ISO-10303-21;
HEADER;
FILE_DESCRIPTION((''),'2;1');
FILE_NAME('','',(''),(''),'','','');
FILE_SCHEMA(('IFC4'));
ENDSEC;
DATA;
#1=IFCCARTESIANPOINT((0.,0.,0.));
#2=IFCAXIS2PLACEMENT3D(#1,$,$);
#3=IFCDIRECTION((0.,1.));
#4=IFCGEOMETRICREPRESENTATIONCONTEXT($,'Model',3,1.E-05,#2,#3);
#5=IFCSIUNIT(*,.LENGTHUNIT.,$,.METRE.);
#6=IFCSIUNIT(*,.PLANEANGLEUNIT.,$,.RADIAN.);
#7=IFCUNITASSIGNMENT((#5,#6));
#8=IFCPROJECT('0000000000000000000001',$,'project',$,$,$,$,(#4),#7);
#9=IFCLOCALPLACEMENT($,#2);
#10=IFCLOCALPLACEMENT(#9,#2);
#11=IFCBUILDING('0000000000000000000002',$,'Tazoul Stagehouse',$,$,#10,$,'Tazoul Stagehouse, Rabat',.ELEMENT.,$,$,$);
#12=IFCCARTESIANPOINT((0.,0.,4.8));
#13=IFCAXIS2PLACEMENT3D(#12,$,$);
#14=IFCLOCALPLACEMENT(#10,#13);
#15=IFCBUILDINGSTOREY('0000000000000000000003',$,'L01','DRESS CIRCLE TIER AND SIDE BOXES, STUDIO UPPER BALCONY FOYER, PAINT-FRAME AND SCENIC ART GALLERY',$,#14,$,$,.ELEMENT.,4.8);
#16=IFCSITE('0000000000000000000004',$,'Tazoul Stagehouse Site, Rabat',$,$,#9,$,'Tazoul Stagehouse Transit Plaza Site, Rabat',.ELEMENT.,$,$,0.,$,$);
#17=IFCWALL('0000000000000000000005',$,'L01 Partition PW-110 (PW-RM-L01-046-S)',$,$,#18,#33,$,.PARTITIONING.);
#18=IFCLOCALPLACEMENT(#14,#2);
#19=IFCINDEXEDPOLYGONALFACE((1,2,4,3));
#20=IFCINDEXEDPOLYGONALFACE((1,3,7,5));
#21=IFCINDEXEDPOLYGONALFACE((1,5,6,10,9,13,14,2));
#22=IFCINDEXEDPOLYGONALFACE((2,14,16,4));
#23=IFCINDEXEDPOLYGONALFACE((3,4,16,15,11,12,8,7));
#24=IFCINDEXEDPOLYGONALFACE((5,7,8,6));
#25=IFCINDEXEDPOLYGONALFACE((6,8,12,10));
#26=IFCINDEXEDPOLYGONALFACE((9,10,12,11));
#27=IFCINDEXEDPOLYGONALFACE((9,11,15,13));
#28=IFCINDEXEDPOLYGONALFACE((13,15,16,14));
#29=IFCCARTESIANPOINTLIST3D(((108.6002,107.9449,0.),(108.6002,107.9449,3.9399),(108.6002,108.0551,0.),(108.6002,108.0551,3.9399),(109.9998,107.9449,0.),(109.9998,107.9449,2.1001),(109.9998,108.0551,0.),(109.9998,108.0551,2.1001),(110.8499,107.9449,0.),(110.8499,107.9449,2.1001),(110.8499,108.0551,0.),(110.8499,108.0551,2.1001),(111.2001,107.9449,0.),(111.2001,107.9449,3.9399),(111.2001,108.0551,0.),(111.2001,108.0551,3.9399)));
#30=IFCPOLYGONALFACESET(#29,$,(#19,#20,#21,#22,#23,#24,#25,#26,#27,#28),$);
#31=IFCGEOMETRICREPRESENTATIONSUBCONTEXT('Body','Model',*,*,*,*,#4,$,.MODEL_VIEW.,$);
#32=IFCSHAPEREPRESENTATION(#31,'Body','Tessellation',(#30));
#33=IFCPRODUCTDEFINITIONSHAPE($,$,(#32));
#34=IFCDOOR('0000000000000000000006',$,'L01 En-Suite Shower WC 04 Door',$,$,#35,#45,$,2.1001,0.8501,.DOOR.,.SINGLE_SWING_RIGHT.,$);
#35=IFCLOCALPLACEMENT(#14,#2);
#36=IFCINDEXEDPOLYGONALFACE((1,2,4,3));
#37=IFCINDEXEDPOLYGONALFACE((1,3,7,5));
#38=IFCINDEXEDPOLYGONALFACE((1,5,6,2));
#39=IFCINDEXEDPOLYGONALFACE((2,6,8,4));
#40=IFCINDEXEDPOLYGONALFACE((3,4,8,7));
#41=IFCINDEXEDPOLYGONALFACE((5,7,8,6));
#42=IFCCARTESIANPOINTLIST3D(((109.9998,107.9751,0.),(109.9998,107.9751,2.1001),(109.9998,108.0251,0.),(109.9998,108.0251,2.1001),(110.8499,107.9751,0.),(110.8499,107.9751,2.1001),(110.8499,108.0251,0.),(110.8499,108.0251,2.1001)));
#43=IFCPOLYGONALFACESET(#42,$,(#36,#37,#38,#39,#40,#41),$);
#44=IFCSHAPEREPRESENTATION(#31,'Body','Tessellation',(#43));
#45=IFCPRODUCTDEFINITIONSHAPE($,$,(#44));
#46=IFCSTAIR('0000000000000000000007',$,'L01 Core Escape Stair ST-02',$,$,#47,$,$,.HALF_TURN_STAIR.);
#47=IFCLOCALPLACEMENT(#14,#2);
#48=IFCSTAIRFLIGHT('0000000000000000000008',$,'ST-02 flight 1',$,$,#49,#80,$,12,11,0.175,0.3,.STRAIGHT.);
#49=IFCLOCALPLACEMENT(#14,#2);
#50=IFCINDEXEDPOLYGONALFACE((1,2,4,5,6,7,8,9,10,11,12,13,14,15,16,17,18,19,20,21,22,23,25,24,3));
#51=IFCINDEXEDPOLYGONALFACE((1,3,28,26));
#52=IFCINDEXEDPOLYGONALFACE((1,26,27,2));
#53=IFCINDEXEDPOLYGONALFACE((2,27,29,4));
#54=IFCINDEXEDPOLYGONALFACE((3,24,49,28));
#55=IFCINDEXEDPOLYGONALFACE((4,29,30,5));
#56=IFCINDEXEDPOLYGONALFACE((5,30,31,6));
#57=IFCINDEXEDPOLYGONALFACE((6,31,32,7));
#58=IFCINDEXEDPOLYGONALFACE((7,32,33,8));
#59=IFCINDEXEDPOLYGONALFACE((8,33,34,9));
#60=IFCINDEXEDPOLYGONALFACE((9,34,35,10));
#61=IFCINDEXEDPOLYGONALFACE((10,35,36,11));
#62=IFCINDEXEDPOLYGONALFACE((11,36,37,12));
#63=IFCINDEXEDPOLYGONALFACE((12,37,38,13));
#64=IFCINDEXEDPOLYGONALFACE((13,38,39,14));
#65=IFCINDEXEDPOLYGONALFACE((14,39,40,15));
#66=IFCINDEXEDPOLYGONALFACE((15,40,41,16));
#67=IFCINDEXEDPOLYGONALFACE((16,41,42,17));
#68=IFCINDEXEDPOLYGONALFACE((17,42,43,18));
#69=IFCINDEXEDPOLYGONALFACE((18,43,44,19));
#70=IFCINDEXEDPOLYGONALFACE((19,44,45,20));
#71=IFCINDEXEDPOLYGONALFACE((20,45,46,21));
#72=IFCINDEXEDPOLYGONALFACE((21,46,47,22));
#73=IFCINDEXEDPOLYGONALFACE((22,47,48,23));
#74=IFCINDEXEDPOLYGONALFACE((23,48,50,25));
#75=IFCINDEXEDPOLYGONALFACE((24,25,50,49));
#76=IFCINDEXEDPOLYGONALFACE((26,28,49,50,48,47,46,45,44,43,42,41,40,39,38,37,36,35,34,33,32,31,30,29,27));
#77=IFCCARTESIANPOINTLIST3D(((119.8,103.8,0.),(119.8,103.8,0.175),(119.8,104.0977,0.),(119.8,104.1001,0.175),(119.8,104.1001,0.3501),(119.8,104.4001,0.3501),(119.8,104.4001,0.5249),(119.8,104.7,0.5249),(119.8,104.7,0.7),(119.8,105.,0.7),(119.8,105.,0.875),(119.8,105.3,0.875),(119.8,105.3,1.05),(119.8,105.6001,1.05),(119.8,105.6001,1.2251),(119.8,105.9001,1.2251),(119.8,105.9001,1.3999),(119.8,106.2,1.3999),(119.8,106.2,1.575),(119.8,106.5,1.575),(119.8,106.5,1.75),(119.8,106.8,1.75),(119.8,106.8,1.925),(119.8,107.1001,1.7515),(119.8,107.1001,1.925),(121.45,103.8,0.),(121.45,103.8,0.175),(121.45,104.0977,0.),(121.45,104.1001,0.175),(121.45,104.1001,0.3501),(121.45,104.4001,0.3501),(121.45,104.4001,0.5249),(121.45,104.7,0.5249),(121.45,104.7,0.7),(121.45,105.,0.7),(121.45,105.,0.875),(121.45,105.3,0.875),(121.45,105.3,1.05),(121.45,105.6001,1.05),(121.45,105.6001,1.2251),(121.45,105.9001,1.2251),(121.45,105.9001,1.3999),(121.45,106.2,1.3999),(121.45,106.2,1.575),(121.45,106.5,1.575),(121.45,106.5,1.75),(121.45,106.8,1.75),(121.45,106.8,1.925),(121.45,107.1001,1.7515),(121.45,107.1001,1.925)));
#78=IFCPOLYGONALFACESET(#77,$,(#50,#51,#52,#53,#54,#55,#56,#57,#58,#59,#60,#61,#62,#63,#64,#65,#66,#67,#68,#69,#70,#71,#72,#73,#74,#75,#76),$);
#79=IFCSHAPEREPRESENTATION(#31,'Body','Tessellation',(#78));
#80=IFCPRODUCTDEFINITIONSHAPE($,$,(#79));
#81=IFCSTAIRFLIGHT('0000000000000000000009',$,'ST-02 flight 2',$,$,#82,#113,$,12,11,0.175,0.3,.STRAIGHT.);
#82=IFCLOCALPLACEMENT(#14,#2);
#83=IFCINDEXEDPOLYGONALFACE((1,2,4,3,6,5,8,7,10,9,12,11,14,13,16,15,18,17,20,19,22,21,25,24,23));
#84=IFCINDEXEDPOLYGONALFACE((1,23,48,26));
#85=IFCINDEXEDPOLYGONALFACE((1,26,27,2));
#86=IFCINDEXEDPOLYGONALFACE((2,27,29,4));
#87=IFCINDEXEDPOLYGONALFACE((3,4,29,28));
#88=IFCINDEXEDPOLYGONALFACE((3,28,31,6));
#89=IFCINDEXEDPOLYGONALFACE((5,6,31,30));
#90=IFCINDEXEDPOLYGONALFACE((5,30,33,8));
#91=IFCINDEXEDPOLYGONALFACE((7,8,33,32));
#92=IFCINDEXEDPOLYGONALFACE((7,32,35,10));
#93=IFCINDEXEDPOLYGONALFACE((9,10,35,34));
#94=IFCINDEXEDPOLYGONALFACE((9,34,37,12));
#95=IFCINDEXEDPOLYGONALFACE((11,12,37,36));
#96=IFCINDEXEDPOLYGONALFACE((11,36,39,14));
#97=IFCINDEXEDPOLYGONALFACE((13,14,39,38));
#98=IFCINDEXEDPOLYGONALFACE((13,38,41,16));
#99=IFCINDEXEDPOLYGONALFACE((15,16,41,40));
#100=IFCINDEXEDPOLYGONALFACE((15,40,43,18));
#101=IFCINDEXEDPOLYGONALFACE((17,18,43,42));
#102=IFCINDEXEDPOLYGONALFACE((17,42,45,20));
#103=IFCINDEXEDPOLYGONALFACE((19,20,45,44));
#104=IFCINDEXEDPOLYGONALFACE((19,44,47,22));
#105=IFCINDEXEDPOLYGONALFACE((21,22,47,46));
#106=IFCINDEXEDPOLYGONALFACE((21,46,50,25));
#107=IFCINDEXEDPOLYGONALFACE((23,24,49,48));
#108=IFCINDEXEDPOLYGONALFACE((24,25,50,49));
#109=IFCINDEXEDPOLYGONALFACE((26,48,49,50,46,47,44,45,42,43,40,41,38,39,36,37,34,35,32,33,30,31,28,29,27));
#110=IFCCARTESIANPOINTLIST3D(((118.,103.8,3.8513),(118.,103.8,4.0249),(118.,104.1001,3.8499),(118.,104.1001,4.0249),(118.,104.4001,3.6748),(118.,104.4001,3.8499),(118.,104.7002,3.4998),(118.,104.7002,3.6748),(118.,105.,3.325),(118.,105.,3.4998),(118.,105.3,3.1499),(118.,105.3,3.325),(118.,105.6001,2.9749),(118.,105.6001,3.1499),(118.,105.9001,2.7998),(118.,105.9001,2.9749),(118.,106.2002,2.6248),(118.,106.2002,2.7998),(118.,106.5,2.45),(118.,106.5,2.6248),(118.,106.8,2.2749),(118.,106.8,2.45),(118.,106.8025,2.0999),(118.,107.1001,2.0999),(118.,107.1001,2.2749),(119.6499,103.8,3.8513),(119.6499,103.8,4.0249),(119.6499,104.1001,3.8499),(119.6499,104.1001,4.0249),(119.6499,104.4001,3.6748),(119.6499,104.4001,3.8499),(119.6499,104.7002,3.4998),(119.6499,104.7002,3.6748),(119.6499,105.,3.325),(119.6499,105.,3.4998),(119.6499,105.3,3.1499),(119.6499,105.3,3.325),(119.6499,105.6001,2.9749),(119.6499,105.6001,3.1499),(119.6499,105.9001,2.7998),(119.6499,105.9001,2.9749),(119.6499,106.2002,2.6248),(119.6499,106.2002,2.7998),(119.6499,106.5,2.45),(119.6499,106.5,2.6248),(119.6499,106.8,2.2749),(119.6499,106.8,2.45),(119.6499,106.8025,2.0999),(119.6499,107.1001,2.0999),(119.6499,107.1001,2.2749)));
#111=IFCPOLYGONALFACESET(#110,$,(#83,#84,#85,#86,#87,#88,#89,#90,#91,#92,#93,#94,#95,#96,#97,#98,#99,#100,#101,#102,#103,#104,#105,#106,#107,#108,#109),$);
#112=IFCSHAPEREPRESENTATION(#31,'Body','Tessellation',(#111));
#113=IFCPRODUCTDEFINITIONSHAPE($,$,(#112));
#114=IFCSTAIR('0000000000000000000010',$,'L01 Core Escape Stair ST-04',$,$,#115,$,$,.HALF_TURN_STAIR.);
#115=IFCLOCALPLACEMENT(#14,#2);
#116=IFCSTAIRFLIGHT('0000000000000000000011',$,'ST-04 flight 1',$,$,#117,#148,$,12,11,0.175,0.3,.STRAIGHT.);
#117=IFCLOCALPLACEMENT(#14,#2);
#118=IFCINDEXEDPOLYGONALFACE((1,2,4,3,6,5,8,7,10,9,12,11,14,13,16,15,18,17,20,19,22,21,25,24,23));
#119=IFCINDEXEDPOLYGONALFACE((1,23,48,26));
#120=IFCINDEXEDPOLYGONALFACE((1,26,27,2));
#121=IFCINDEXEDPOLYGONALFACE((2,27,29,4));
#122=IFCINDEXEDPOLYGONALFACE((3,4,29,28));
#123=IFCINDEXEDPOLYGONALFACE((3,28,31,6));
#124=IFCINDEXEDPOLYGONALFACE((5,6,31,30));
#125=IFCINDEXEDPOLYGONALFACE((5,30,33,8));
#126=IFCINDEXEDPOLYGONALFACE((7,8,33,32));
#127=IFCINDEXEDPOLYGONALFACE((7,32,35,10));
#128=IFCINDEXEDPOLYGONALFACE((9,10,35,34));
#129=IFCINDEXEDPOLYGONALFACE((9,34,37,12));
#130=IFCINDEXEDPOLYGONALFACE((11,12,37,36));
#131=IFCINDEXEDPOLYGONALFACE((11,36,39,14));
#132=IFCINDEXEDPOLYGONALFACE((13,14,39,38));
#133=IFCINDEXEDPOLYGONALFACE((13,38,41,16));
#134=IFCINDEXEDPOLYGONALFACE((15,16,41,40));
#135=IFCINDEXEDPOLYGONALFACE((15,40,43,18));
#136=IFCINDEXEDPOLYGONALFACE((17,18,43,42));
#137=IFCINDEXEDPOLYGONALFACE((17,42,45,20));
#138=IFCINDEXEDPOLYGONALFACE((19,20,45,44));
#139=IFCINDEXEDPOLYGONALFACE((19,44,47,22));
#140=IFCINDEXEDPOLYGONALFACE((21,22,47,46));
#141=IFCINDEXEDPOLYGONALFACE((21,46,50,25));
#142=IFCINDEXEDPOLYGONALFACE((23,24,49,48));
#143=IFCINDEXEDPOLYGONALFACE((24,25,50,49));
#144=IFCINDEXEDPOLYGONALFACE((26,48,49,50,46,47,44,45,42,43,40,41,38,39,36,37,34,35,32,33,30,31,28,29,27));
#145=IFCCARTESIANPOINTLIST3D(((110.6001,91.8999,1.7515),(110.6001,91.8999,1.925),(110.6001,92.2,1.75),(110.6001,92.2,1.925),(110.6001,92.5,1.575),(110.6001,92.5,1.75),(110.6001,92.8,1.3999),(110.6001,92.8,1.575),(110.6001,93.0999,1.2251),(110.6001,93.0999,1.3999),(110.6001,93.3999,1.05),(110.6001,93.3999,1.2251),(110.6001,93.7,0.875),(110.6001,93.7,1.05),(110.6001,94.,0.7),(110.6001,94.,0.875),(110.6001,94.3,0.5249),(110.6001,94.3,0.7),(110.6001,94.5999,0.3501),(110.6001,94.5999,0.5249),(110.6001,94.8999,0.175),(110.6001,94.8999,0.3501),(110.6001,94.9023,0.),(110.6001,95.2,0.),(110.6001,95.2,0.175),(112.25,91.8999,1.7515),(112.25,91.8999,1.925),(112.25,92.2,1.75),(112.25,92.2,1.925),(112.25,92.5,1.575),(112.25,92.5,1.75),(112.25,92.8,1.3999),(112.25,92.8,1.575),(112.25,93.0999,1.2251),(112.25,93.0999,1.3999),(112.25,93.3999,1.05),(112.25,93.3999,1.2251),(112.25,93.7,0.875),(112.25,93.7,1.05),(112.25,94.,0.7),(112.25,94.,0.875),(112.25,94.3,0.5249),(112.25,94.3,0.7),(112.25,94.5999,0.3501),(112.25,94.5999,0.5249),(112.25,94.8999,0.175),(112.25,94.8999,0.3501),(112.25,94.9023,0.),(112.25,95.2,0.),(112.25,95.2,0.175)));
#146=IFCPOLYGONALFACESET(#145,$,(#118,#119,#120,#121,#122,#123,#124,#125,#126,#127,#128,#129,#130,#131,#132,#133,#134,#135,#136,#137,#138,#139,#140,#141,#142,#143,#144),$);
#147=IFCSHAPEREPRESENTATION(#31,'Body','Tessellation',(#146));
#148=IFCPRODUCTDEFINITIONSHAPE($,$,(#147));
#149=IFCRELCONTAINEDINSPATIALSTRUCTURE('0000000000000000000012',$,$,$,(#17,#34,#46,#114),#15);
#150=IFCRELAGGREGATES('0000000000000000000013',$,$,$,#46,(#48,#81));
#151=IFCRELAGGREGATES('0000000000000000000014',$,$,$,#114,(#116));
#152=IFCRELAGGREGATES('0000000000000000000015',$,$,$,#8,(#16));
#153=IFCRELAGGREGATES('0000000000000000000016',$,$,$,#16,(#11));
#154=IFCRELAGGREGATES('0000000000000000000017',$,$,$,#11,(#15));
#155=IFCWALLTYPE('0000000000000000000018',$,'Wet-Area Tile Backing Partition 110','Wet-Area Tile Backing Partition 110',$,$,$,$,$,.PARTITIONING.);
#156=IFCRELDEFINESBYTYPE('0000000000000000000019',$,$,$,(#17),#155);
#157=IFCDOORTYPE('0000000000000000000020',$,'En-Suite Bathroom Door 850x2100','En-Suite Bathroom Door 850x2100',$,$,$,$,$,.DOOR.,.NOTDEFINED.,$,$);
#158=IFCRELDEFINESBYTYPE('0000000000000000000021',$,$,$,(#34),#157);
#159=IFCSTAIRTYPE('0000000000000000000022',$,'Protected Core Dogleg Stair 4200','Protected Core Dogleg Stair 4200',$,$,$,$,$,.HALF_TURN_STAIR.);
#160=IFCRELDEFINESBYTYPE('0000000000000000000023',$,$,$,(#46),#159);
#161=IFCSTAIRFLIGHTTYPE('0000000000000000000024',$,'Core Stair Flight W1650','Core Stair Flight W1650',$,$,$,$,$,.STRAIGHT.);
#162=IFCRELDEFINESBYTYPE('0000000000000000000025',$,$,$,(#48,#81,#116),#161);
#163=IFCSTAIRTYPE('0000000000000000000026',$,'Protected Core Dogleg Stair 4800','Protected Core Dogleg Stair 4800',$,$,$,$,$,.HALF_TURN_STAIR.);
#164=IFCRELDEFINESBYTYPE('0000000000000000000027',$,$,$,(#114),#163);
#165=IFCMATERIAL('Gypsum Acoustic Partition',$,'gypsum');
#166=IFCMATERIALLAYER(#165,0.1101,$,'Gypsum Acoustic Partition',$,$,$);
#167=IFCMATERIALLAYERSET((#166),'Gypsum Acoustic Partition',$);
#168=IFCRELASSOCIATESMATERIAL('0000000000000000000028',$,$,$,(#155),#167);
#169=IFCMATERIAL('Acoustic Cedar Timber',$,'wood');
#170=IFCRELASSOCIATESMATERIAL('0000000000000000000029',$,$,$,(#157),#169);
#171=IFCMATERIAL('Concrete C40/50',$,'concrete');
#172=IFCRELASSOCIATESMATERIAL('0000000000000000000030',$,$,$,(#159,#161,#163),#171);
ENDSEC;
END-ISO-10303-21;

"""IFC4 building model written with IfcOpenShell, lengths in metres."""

from ifc_helpers import new_model, si_unit, direction, frame, frame_2d, origin, place, context, subcontext, project, spatial, polyline, rectangle, outline, extrude, material, layer, layer_set, type_object, element, fill, aggregate, save


model = new_model("IFC4")

# Units and contexts
model_context = context("Model", 3, precision=1e-05, world=origin(), true_north=direction((0.0, 1.0)))
body_context = subcontext(model_context, "Body", "Model", "MODEL_VIEW")
ifc_project = project(units=[si_unit("LENGTHUNIT", "METRE"), si_unit("PLANEANGLEUNIT", "RADIAN")], contexts=[model_context])

# Site, building, storey
site_placement = place(None, origin())
site = spatial("IfcSite", under=ifc_project, at=site_placement, Name="Tazoul Stagehouse Site, Rabat", LongName="Tazoul Stagehouse Transit Plaza Site, Rabat", CompositionType="ELEMENT", RefElevation=0.0)
building_placement = place(site_placement, origin())
building = spatial("IfcBuilding", under=site, at=building_placement, Name="Tazoul Stagehouse", LongName="Tazoul Stagehouse, Rabat", CompositionType="ELEMENT")
storey_placement = place(building_placement, frame((0.0, 0.0, 4.8)))
storey = spatial("IfcBuildingStorey", under=building, at=storey_placement, Name="L01", Description="DRESS CIRCLE TIER AND SIDE BOXES, STUDIO UPPER BALCONY FOYER, PAINT-FRAME AND SCENIC ART GALLERY", CompositionType="ELEMENT", Elevation=4.8)

# Shared definitions
ifc_material_1 = material(Name="Concrete C40/50", Category="concrete")

# Wall, opening, door
ifc_material_2 = material(Name="Gypsum Acoustic Partition", Category="gypsum")
ifc_material_3 = material(Name="Acoustic Cedar Timber", Category="wood")
ifc_layer_1 = layer(ifc_material_2, 0.1101, Name="Gypsum Acoustic Partition")
ifc_layer_set_1 = layer_set([ifc_layer_1], Name="Gypsum Acoustic Partition")
wall_type_1 = type_object("IfcWallType", Name="Wet-Area Tile Backing Partition 110", Description="Wet-Area Tile Backing Partition 110", PredefinedType="PARTITIONING", material=ifc_layer_set_1)
wall_1_placement = place(storey_placement, frame((111.2, 108.0, 0.0), z_axis=(0.0, 0.0, 1.0), x_axis=(-1.0, 0.0, 0.0)))
wall_1 = element("IfcWall", 1, at=wall_1_placement, inside=storey, type_object=wall_type_1, Name="L01 Partition PW-110 (PW-RM-L01-046-S)", PredefinedType="PARTITIONING", context=body_context, shape_type="SweptSolid", body=[
    extrude(rectangle(XDim=2.5999, YDim=0.1101, at=frame_2d((1.2998, 0.0))), origin(), (0.0, 0.0, 1.0), 3.9399),
])
opening_1_placement = place(wall_1_placement, frame((0.3501, 0.0, 0.0)))
opening_1 = element("IfcOpeningElement", 2, at=opening_1_placement, cuts=wall_1, PredefinedType="OPENING", context=body_context, shape_type="SweptSolid", body=[
    extrude(rectangle(XDim=0.8501, YDim=2.1001, at=frame_2d((0.425, 1.05))), frame((0.0, 0.075, 0.0), z_axis=(0.0, -1.0, 0.0), x_axis=(1.0, 0.0, 0.0)), (0.0, 0.0, 1.0), 0.1501),
])
door_type_1 = type_object("IfcDoorType", Name="En-Suite Bathroom Door 850x2100", Description="En-Suite Bathroom Door 850x2100", OperationType="NOTDEFINED", PredefinedType="DOOR", material=ifc_material_3)
door_1_placement = place(opening_1_placement, origin())
door_1 = element("IfcDoor", 3, at=door_1_placement, inside=storey, type_object=door_type_1, Name="L01 En-Suite Shower WC 04 Door", OperationType="SINGLE_SWING_RIGHT", OverallHeight=2.1001, OverallWidth=0.8501, PredefinedType="DOOR", context=body_context, shape_type="SweptSolid", body=[
    extrude(rectangle(XDim=0.8501, YDim=2.1001, at=frame_2d((0.425, 1.05))), frame((0.0, 0.0249, 0.0), z_axis=(0.0, -1.0, 0.0), x_axis=(1.0, 0.0, 0.0)), (0.0, 0.0, 1.0), 0.05),
])
fill(opening_1, door_1)

# Stair, stair flights
stair_type_1 = type_object("IfcStairType", Name="Protected Core Dogleg Stair 4200", Description="Protected Core Dogleg Stair 4200", PredefinedType="HALF_TURN_STAIR", material=ifc_material_1)
stair_1_placement = place(storey_placement, origin())
stair_1 = element("IfcStair", 4, at=stair_1_placement, inside=storey, type_object=stair_type_1, Name="L01 Core Escape Stair ST-02", PredefinedType="HALF_TURN_STAIR")
stair_flight_type = type_object("IfcStairFlightType", Name="Core Stair Flight W1650", Description="Core Stair Flight W1650", PredefinedType="STRAIGHT", material=ifc_material_1)
stair_flight_1_placement = place(storey_placement, frame((120.625, 103.8, 0.0), z_axis=(0.0, 0.0, 1.0), x_axis=(0.0, 1.0, 0.0)))
stair_flight_1 = element("IfcStairFlight", 5, at=stair_flight_1_placement, type_object=stair_flight_type, Name="ST-02 flight 1", NumberOfRisers=12, NumberOfTreads=11, PredefinedType="STRAIGHT", RiserHeight=0.175, TreadLength=0.3, context=body_context, shape_type="SweptSolid", body=[
    extrude(outline(polyline([(0.0, 0.0), (0.0, 0.175), (0.3, 0.175), (0.3, 0.3501), (0.6001, 0.3501), (0.6001, 0.5249), (0.8999, 0.5249), (0.8999, 0.7), (1.2, 0.7), (1.2, 0.875), (1.5, 0.875), (1.5, 1.05), (1.8, 1.05), (1.8, 1.2251), (2.1001, 1.2251), (2.1001, 1.3999), (2.3999, 1.3999), (2.3999, 1.575), (2.7, 1.575), (2.7, 1.75), (3.0, 1.75), (3.0, 1.925), (3.3, 1.925), (3.3, 2.1001), (3.3, 1.7515), (0.2976, 0.0), (0.0, 0.0)])), frame((0.0, 0.825, 0.0), z_axis=(0.0, -1.0, 0.0), x_axis=(1.0, 0.0, 0.0)), (0.0, 0.0, 1.0), 1.6499),
])
stair_flight_2_placement = place(storey_placement, frame((118.825, 107.1001, 2.0999), z_axis=(0.0, 0.0, 1.0), x_axis=(0.0, -1.0, 0.0)))
stair_flight_2 = element("IfcStairFlight", 6, at=stair_flight_2_placement, type_object=stair_flight_type, Name="ST-02 flight 2", NumberOfRisers=12, NumberOfTreads=11, PredefinedType="STRAIGHT", RiserHeight=0.175, TreadLength=0.3, context=body_context, shape_type="SweptSolid", body=[
    extrude(outline(polyline([(0.0, 0.0), (0.0, 0.175), (0.3, 0.175), (0.3, 0.3501), (0.6001, 0.3501), (0.6001, 0.5249), (0.8999, 0.5249), (0.8999, 0.7), (1.2, 0.7), (1.2, 0.875), (1.5, 0.875), (1.5, 1.05), (1.8, 1.05), (1.8, 1.2251), (2.1001, 1.2251), (2.1001, 1.3999), (2.3999, 1.3999), (2.3999, 1.575), (2.7, 1.575), (2.7, 1.75), (3.0, 1.75), (3.0, 1.925), (3.3, 1.925), (3.3, 2.1001), (3.3, 1.7515), (0.2976, 0.0), (0.0, 0.0)])), frame((0.0, 0.825, 0.0), z_axis=(0.0, -1.0, 0.0), x_axis=(1.0, 0.0, 0.0)), (0.0, 0.0, 1.0), 1.6499),
])
aggregate(stair_1, [stair_flight_1, stair_flight_2])

# Stair, stair flight
stair_type_2 = type_object("IfcStairType", Name="Protected Core Dogleg Stair 4800", Description="Protected Core Dogleg Stair 4800", PredefinedType="HALF_TURN_STAIR", material=ifc_material_1)
stair_2_placement = place(storey_placement, origin())
stair_2 = element("IfcStair", 7, at=stair_2_placement, inside=storey, type_object=stair_type_2, Name="L01 Core Escape Stair ST-04", PredefinedType="HALF_TURN_STAIR")
stair_flight_3_placement = place(storey_placement, frame((111.425, 95.2, 0.0), z_axis=(0.0, 0.0, 1.0), x_axis=(0.0, -1.0, 0.0)))
stair_flight_3 = element("IfcStairFlight", 8, at=stair_flight_3_placement, type_object=stair_flight_type, Name="ST-04 flight 1", NumberOfRisers=12, NumberOfTreads=11, PredefinedType="STRAIGHT", RiserHeight=0.175, TreadLength=0.3, context=body_context, shape_type="SweptSolid", body=[
    extrude(outline(polyline([(0.0, 0.0), (0.0, 0.175), (0.3, 0.175), (0.3, 0.3501), (0.6001, 0.3501), (0.6001, 0.5249), (0.8999, 0.5249), (0.8999, 0.7), (1.2, 0.7), (1.2, 0.875), (1.5, 0.875), (1.5, 1.05), (1.8, 1.05), (1.8, 1.2251), (2.1001, 1.2251), (2.1001, 1.3999), (2.3999, 1.3999), (2.3999, 1.575), (2.7, 1.575), (2.7, 1.75), (3.0, 1.75), (3.0, 1.925), (3.3, 1.925), (3.3, 2.1001), (3.3, 1.7515), (0.2976, 0.0), (0.0, 0.0)])), frame((0.0, 0.825, 0.0), z_axis=(0.0, -1.0, 0.0), x_axis=(1.0, 0.0, 0.0)), (0.0, 0.0, 1.0), 1.6499),
])
aggregate(stair_2, [stair_flight_3])

save(model, "model.ifc")
